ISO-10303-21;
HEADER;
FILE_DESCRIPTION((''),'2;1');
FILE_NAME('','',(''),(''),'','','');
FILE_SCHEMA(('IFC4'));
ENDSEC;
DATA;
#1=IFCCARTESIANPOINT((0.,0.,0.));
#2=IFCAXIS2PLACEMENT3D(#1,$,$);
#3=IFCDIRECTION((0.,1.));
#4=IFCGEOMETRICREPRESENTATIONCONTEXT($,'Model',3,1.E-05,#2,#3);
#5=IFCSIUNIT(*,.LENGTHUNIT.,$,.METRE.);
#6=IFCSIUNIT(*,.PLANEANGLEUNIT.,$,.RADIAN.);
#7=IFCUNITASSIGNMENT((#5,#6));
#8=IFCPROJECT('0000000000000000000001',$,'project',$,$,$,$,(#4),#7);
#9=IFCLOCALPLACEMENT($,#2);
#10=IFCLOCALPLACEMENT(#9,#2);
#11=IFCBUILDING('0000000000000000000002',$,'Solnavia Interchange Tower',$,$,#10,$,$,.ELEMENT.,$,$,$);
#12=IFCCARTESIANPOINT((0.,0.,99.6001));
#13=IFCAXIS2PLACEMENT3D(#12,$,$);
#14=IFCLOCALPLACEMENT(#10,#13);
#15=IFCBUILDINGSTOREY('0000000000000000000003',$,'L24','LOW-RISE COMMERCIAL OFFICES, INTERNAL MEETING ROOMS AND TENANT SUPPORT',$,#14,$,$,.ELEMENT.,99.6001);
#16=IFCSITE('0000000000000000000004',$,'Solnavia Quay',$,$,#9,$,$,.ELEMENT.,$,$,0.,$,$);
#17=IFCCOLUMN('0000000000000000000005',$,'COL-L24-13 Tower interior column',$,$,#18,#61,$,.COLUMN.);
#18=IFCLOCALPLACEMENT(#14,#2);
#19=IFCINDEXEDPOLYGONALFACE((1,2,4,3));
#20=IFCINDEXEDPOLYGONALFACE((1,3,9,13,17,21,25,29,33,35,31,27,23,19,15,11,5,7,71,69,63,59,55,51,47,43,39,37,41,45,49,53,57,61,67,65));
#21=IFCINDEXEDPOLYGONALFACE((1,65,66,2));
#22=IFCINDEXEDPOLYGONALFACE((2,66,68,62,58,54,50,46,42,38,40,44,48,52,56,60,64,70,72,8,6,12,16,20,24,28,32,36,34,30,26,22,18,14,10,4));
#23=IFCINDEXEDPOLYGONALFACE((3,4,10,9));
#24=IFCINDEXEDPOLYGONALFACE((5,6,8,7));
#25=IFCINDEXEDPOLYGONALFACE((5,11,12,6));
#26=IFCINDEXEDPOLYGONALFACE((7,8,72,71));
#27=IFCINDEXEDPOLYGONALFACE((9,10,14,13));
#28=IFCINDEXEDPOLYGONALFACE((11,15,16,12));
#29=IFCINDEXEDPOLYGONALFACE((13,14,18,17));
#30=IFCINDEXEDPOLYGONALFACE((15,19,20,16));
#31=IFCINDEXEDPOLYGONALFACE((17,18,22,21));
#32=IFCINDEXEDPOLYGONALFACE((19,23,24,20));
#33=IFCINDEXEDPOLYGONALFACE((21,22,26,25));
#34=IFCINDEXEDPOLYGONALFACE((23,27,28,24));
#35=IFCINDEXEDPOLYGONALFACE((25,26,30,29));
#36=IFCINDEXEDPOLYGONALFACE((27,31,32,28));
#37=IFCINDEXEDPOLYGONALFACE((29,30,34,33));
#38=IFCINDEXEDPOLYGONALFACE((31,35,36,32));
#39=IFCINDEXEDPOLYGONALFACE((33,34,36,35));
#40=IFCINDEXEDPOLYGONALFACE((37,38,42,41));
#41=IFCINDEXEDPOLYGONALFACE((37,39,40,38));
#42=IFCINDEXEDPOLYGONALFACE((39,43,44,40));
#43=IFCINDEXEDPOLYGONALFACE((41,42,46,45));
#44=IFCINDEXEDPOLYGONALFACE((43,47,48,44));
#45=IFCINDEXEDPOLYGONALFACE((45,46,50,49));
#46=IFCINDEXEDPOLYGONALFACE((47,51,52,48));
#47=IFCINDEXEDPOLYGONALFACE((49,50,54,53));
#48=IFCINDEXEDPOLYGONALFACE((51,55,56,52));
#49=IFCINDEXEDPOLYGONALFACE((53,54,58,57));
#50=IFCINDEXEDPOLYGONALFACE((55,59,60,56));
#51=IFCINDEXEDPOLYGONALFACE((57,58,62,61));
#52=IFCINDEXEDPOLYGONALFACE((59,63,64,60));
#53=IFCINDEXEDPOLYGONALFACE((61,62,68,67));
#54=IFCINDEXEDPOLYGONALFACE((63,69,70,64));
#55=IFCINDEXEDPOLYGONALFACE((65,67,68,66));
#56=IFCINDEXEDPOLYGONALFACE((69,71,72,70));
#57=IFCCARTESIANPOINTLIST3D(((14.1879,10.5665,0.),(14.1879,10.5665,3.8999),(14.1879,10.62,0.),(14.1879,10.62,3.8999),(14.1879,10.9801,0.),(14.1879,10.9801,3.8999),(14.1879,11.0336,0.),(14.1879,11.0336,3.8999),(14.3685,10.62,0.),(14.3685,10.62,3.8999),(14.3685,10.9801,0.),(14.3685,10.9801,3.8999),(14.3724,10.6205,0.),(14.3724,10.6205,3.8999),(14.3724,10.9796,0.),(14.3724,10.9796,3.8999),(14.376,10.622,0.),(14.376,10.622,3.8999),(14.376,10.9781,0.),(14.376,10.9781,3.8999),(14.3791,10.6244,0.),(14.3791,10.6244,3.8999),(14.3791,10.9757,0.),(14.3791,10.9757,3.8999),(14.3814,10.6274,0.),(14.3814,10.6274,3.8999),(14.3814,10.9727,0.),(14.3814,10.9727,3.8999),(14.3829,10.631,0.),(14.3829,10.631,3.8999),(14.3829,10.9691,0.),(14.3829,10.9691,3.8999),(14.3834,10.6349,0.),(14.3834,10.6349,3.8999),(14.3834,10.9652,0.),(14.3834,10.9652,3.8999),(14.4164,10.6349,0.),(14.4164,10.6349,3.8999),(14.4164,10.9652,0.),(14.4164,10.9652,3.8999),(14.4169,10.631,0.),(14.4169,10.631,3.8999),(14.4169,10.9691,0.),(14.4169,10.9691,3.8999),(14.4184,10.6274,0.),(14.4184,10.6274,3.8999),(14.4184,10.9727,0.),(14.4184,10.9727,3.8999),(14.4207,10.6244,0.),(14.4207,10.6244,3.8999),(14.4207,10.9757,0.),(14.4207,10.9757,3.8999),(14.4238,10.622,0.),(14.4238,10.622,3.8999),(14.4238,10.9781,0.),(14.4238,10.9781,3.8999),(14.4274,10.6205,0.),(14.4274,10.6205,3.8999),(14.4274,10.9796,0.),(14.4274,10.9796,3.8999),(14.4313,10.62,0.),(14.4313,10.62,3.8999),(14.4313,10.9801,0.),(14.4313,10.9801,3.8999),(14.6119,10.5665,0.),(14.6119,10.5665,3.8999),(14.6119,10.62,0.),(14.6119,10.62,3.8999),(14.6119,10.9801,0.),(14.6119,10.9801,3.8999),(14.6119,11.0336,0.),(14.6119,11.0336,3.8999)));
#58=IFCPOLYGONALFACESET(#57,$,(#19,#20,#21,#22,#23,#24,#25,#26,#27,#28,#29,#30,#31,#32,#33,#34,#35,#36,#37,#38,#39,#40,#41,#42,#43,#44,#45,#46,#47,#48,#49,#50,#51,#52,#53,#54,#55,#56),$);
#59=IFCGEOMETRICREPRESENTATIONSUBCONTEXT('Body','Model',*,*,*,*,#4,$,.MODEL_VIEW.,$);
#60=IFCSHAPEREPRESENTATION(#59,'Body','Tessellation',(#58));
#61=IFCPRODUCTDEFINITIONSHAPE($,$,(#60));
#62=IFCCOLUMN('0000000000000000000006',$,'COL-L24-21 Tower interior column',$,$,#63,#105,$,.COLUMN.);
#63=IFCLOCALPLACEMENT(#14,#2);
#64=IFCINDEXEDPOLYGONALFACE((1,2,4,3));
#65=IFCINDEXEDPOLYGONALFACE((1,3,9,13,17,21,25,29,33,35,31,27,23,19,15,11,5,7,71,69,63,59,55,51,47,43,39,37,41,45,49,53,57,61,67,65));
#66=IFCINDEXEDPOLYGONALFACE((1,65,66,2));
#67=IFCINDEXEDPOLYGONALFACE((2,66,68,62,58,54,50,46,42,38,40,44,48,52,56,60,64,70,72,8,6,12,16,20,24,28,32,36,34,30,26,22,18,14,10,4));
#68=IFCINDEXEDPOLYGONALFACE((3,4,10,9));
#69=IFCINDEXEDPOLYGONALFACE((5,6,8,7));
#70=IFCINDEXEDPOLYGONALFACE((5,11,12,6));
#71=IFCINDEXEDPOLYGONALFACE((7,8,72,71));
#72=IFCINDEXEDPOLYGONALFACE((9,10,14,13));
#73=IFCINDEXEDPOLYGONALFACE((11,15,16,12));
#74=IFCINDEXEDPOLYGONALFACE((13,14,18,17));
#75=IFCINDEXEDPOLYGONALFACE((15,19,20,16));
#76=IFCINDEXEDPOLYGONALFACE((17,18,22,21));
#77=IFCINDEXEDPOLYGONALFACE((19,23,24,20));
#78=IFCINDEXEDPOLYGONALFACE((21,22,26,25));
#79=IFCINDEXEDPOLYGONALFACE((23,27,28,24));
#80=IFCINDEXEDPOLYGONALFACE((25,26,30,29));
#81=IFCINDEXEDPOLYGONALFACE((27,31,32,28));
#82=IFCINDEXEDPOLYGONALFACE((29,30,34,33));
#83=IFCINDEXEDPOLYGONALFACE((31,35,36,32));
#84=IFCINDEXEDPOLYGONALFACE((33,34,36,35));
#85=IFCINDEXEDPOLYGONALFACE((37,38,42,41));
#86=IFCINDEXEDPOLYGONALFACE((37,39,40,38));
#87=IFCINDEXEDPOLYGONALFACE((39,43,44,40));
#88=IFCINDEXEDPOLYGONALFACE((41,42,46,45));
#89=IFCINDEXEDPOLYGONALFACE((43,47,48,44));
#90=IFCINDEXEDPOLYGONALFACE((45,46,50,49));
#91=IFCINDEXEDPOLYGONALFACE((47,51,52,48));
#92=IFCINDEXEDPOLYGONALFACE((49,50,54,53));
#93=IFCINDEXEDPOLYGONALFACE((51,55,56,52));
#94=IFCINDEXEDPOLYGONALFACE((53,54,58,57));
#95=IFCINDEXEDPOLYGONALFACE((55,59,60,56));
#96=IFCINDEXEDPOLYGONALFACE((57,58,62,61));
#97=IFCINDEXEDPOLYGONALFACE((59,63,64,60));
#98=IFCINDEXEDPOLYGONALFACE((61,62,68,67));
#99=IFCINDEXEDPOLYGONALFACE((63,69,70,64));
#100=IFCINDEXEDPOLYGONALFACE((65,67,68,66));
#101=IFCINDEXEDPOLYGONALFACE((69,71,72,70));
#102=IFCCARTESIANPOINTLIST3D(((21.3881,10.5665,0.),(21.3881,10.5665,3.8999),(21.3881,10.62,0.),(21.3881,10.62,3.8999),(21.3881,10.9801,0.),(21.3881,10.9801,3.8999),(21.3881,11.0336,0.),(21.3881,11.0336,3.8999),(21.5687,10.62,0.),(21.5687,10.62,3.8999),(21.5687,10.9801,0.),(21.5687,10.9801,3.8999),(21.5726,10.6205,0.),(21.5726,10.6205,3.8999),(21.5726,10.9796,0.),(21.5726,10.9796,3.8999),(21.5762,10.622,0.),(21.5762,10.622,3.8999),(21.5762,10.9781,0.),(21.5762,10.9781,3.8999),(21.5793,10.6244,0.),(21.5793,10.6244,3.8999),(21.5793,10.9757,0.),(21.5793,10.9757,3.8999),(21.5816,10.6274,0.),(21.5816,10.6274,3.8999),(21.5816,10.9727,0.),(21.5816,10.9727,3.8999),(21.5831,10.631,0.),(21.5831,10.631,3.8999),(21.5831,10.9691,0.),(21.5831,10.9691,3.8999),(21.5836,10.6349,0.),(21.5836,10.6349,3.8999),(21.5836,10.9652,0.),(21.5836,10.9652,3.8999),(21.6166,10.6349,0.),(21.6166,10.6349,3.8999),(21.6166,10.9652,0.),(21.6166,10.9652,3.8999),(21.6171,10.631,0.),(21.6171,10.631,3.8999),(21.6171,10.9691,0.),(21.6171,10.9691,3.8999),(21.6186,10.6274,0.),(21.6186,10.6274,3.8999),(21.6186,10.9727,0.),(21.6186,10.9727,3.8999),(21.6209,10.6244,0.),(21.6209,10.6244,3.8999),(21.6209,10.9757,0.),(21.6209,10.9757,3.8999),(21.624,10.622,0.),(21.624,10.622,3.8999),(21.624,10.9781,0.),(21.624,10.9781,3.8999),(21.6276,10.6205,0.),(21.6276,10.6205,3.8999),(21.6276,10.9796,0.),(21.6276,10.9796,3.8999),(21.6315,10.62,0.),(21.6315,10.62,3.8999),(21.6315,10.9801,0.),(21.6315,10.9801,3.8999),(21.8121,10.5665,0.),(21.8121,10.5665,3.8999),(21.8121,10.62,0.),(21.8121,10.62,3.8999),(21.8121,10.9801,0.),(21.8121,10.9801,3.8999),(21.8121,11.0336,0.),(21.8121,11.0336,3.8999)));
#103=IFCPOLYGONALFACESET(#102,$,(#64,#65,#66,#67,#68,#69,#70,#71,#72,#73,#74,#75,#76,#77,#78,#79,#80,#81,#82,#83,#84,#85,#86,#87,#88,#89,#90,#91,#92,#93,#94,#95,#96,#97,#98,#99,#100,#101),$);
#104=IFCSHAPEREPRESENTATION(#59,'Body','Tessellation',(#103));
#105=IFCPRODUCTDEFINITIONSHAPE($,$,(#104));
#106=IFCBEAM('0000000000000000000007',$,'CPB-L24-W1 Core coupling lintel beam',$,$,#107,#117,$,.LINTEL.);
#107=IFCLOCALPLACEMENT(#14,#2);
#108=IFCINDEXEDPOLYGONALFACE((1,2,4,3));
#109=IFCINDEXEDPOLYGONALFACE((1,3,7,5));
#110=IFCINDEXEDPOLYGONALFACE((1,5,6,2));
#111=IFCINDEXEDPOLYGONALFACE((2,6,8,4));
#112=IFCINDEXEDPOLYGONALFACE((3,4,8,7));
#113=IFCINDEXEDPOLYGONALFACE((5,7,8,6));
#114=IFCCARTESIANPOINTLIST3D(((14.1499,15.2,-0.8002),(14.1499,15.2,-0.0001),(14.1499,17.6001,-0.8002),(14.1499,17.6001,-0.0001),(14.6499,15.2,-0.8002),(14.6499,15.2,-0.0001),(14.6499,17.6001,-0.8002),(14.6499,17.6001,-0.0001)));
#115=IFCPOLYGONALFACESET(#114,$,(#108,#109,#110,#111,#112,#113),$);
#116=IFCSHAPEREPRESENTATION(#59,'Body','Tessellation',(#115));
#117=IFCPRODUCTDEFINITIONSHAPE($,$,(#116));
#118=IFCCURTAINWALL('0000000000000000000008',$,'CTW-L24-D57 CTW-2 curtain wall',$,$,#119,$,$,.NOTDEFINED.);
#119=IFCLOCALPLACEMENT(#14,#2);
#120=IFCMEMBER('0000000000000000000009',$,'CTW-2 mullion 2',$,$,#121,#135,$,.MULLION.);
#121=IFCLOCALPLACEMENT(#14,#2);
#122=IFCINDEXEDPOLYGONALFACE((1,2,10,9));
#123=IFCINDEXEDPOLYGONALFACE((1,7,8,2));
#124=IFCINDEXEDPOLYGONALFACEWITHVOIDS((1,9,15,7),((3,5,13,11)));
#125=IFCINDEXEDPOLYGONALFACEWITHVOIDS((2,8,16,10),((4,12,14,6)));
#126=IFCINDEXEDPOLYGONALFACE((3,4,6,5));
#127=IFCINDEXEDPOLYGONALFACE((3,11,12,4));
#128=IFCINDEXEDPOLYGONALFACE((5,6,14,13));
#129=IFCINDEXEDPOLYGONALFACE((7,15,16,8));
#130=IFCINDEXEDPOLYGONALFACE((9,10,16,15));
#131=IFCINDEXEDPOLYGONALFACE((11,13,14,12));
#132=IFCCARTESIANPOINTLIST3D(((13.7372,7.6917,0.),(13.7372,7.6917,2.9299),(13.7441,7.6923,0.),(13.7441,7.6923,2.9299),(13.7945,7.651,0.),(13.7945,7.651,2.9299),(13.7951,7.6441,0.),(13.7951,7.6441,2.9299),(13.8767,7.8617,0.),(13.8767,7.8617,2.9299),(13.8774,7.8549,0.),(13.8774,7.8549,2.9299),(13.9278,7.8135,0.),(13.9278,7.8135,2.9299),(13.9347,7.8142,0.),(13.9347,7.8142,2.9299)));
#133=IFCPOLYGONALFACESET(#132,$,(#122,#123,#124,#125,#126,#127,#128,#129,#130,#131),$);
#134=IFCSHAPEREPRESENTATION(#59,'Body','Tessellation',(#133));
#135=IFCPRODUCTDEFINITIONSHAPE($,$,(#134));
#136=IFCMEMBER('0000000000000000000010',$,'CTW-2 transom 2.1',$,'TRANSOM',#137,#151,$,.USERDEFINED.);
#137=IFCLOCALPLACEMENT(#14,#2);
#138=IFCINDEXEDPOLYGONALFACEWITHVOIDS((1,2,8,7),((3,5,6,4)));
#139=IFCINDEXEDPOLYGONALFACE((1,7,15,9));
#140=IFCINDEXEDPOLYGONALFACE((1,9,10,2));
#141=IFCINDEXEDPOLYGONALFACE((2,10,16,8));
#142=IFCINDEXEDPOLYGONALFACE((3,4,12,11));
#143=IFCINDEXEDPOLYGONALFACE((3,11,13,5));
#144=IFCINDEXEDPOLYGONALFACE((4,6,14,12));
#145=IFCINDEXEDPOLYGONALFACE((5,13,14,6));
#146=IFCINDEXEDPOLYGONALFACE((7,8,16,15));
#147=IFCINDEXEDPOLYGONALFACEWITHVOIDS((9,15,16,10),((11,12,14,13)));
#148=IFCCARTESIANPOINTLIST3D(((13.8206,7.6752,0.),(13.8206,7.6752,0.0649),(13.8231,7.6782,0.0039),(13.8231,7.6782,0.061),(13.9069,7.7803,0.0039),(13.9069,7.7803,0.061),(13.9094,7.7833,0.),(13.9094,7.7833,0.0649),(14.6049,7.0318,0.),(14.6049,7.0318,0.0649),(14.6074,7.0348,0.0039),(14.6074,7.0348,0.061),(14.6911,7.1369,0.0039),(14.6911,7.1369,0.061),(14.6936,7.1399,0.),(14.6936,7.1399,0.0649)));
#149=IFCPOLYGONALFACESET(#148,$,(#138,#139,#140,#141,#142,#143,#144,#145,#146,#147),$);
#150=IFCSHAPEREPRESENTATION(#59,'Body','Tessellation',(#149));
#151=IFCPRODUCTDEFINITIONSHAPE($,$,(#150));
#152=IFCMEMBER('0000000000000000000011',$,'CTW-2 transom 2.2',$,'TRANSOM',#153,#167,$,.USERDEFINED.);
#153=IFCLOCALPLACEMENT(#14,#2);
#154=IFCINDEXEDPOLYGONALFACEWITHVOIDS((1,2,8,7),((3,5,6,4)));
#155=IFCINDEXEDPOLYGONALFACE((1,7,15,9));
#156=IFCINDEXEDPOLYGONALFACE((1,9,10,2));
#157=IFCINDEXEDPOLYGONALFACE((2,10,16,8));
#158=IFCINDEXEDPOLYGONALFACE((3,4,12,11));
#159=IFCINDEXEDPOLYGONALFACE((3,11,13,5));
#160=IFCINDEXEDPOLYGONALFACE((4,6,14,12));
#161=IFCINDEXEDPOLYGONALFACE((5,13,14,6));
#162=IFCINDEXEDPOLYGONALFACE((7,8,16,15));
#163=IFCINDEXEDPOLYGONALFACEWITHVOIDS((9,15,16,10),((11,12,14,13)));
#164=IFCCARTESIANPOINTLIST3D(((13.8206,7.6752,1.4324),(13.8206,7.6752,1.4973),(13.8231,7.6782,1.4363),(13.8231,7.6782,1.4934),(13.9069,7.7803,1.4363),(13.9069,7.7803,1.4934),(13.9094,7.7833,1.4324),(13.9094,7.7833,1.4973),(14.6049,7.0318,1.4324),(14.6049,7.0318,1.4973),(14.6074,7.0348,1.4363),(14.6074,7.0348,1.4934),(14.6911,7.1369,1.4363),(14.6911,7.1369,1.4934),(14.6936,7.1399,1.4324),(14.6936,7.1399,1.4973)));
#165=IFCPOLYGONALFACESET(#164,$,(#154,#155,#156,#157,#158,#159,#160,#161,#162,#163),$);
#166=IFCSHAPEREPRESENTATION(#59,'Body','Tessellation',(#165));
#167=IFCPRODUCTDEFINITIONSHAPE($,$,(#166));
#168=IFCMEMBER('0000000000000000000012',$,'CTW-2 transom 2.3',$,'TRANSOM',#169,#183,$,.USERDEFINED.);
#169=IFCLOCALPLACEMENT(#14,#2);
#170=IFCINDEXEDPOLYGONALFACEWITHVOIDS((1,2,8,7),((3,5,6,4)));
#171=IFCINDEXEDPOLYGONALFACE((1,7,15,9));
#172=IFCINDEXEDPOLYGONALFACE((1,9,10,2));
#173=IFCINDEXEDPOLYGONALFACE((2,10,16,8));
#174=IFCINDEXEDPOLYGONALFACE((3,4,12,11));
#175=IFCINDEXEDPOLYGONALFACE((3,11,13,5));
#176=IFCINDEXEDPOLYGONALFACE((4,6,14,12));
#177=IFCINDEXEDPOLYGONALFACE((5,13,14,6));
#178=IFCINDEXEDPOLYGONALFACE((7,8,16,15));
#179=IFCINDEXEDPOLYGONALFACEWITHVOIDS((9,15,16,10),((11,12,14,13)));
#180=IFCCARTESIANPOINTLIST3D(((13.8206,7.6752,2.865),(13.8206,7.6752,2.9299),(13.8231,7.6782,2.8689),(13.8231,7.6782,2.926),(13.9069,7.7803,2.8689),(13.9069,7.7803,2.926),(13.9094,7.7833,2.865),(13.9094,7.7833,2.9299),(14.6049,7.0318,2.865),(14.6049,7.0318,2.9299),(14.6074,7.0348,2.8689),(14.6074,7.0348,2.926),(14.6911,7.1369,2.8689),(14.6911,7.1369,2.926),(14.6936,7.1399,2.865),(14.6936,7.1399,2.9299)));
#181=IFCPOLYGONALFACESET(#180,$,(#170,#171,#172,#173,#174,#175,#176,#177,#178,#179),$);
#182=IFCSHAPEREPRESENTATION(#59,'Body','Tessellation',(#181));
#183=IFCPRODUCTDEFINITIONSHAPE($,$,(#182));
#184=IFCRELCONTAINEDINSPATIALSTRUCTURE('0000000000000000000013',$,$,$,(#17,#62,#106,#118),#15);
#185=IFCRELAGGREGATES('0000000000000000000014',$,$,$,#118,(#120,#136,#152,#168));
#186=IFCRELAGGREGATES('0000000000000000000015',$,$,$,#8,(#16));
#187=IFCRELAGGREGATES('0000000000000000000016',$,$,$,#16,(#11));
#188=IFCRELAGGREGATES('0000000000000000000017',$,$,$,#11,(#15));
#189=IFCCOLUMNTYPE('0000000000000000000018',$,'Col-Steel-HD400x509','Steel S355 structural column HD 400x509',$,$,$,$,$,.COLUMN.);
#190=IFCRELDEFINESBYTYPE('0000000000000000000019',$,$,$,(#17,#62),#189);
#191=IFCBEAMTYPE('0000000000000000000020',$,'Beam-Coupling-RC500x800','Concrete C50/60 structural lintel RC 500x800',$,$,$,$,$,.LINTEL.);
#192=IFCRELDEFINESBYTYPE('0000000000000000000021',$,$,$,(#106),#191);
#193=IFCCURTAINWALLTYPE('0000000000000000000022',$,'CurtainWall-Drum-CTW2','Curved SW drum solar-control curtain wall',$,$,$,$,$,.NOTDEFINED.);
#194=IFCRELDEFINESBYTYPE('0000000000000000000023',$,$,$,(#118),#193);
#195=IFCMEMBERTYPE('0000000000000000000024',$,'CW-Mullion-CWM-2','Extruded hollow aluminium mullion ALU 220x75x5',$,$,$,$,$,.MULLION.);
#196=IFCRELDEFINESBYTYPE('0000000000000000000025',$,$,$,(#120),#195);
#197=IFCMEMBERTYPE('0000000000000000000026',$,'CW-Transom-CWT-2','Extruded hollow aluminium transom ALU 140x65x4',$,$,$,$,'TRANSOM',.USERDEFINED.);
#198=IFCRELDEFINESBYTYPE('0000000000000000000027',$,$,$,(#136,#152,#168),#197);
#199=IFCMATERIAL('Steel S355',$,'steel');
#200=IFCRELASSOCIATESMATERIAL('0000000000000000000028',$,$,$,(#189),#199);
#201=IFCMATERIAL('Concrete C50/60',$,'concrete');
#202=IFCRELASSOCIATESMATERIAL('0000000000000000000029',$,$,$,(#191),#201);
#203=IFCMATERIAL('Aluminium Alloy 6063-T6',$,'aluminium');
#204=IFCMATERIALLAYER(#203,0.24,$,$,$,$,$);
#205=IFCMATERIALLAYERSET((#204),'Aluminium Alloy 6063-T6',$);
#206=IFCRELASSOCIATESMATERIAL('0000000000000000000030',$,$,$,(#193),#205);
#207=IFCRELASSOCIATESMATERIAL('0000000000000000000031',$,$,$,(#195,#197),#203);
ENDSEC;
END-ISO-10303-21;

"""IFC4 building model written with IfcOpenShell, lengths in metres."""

from ifc_helpers import new_model, si_unit, direction, frame, origin, origin_2d, place, context, subcontext, project, spatial, rectangle, hollow_rectangle, i_section, extrude, material, layer, layer_set, material_profile, profile_set, type_object, element, aggregate, save


model = new_model("IFC4")

# Units and contexts
model_context = context("Model", 3, precision=1e-05, world=origin(), true_north=direction((0.0, 1.0)))
body_context = subcontext(model_context, "Body", "Model", "MODEL_VIEW")
ifc_project = project(units=[si_unit("LENGTHUNIT", "METRE"), si_unit("PLANEANGLEUNIT", "RADIAN")], contexts=[model_context])

# Site, building, storey
site_placement = place(None, origin())
site = spatial("IfcSite", under=ifc_project, at=site_placement, Name="Solnavia Quay", CompositionType="ELEMENT", RefElevation=0.0)
building_placement = place(site_placement, origin())
building = spatial("IfcBuilding", under=site, at=building_placement, Name="Solnavia Interchange Tower", CompositionType="ELEMENT")
storey_placement = place(building_placement, frame((0.0, 0.0, 99.6001)))
storey = spatial("IfcBuildingStorey", under=building, at=storey_placement, Name="L24", Description="LOW-RISE COMMERCIAL OFFICES, INTERNAL MEETING ROOMS AND TENANT SUPPORT", CompositionType="ELEMENT", Elevation=99.6001)

# Columns
ifc_material_1 = material(Name="Steel S355", Category="steel")
ifc_material_profile_1 = material_profile(ifc_material_1, i_section(OverallWidth=0.4241, OverallDepth=0.467, WebThickness=0.033, FlangeThickness=0.0535, FilletRadius=0.0149, at=origin_2d()), Name="HD 400x509")
ifc_profile_set_1 = profile_set([ifc_material_profile_1], Name="Steel S355")
column_type = type_object("IfcColumnType", Name="Col-Steel-HD400x509", Description="Steel S355 structural column HD 400x509", PredefinedType="COLUMN", material=ifc_profile_set_1)
for number, where, z_axis, x_axis, name in (
    (1, (14.3999, 10.8, 0.0), (0.0, 0.0, 1.0), (1.0, 0.0, 0.0), "COL-L24-13 Tower interior column"),
    (2, (21.6001, 10.8, 0.0), (0.0, 0.0, 1.0), (1.0, 0.0, 0.0), "COL-L24-21 Tower interior column"),
):
    element("IfcColumn", number, at=place(storey_placement, frame(where, z_axis=z_axis, x_axis=x_axis)), inside=storey, type_object=column_type, Name=name, PredefinedType="COLUMN", context=body_context, shape_type="SweptSolid", body=[
        extrude(i_section(OverallWidth=0.4241, OverallDepth=0.467, WebThickness=0.033, FlangeThickness=0.0535, FilletRadius=0.0149, at=origin_2d()), origin(), (0.0, 0.0, 1.0), 3.8999),
    ])

# Beam
ifc_material_2 = material(Name="Concrete C50/60", Category="concrete")
ifc_material_profile_2 = material_profile(ifc_material_2, rectangle(XDim=0.5, YDim=0.8, at=origin_2d()), Name="RC 500x800")
ifc_profile_set_2 = profile_set([ifc_material_profile_2], Name="Concrete C50/60")
beam_type = type_object("IfcBeamType", Name="Beam-Coupling-RC500x800", Description="Concrete C50/60 structural lintel RC 500x800", PredefinedType="LINTEL", material=ifc_profile_set_2)
beam_placement = place(storey_placement, frame((14.3999, 15.2, -0.4001), z_axis=(0.0, 1.0, 0.0), x_axis=(-1.0, 0.0, 0.0)))
element("IfcBeam", 3, at=beam_placement, inside=storey, type_object=beam_type, Name="CPB-L24-W1 Core coupling lintel beam", PredefinedType="LINTEL", context=body_context, shape_type="SweptSolid", body=[
    extrude(rectangle(XDim=0.5, YDim=0.8, at=origin_2d()), origin(), (0.0, 0.0, 1.0), 2.4001),
])

# Curtain wall, members
ifc_material_3 = material(Name="Aluminium Alloy 6063-T6", Category="aluminium")
ifc_layer_1 = layer(ifc_material_3, 0.24)
ifc_layer_set_1 = layer_set([ifc_layer_1], Name="Aluminium Alloy 6063-T6")
curtain_wall_type = type_object("IfcCurtainWallType", Name="CurtainWall-Drum-CTW2", Description="Curved SW drum solar-control curtain wall", PredefinedType="NOTDEFINED", material=ifc_layer_set_1)
curtain_wall_placement = place(storey_placement, origin())
curtain_wall = element("IfcCurtainWall", 4, at=curtain_wall_placement, inside=storey, type_object=curtain_wall_type, Name="CTW-L24-D57 CTW-2 curtain wall", PredefinedType="NOTDEFINED")
ifc_material_profile_3 = material_profile(ifc_material_3, hollow_rectangle(XDim=0.075, YDim=0.22, WallThickness=0.0049, at=origin_2d()), Name="ALU 220x75x5")
ifc_profile_set_3 = profile_set([ifc_material_profile_3], Name="Aluminium Alloy 6063-T6")
member_type_1 = type_object("IfcMemberType", Name="CW-Mullion-CWM-2", Description="Extruded hollow aluminium mullion ALU 220x75x5", PredefinedType="MULLION", material=ifc_profile_set_3)
member_1_placement = place(storey_placement, frame((13.8359, 7.7529, 0.0), z_axis=(0.0, 0.0, 1.0), x_axis=(0.773095, -0.634291, 0.0)))
member_1 = element("IfcMember", 5, at=member_1_placement, type_object=member_type_1, Name="CTW-2 mullion 2", PredefinedType="MULLION", context=body_context, shape_type="SweptSolid", body=[
    extrude(hollow_rectangle(XDim=0.075, YDim=0.22, WallThickness=0.0049, at=origin_2d()), origin(), (0.0, 0.0, 1.0), 2.9299),
])
ifc_material_profile_4 = material_profile(ifc_material_3, hollow_rectangle(XDim=0.0649, YDim=0.1399, WallThickness=0.0039, at=origin_2d()), Name="ALU 140x65x4")
ifc_profile_set_4 = profile_set([ifc_material_profile_4], Name="Aluminium Alloy 6063-T6")
member_type_2 = type_object("IfcMemberType", Name="CW-Transom-CWT-2", Description="Extruded hollow aluminium transom ALU 140x65x4", ElementType="TRANSOM", PredefinedType="USERDEFINED", material=ifc_profile_set_4)
member_2_placement = place(storey_placement, frame((13.865, 7.7292, 0.0325), z_axis=(0.773131, -0.634247, 0.0), x_axis=(0.0, 0.0, 1.0)))
member_2 = element("IfcMember", 6, at=member_2_placement, type_object=member_type_2, Name="CTW-2 transom 2.1", ObjectType="TRANSOM", PredefinedType="USERDEFINED", context=body_context, shape_type="SweptSolid", body=[
    extrude(hollow_rectangle(XDim=0.0649, YDim=0.1399, WallThickness=0.0039, at=origin_2d()), origin(), (0.0, 0.0, 1.0), 1.0144),
])
member_3_placement = place(storey_placement, frame((13.865, 7.7292, 1.4648), z_axis=(0.773131, -0.634247, 0.0), x_axis=(0.0, 0.0, 1.0)))
member_3 = element("IfcMember", 7, at=member_3_placement, type_object=member_type_2, Name="CTW-2 transom 2.2", ObjectType="TRANSOM", PredefinedType="USERDEFINED", context=body_context, shape_type="SweptSolid", body=[
    extrude(hollow_rectangle(XDim=0.0649, YDim=0.1399, WallThickness=0.0039, at=origin_2d()), origin(), (0.0, 0.0, 1.0), 1.0144),
])
member_4_placement = place(storey_placement, frame((13.865, 7.7292, 2.8975), z_axis=(0.773131, -0.634247, 0.0), x_axis=(0.0, 0.0, 1.0)))
member_4 = element("IfcMember", 8, at=member_4_placement, type_object=member_type_2, Name="CTW-2 transom 2.3", ObjectType="TRANSOM", PredefinedType="USERDEFINED", context=body_context, shape_type="SweptSolid", body=[
    extrude(hollow_rectangle(XDim=0.0649, YDim=0.1399, WallThickness=0.0039, at=origin_2d()), origin(), (0.0, 0.0, 1.0), 1.0144),
])
aggregate(curtain_wall, [member_1, member_2, member_3, member_4])

save(model, "model.ifc")
